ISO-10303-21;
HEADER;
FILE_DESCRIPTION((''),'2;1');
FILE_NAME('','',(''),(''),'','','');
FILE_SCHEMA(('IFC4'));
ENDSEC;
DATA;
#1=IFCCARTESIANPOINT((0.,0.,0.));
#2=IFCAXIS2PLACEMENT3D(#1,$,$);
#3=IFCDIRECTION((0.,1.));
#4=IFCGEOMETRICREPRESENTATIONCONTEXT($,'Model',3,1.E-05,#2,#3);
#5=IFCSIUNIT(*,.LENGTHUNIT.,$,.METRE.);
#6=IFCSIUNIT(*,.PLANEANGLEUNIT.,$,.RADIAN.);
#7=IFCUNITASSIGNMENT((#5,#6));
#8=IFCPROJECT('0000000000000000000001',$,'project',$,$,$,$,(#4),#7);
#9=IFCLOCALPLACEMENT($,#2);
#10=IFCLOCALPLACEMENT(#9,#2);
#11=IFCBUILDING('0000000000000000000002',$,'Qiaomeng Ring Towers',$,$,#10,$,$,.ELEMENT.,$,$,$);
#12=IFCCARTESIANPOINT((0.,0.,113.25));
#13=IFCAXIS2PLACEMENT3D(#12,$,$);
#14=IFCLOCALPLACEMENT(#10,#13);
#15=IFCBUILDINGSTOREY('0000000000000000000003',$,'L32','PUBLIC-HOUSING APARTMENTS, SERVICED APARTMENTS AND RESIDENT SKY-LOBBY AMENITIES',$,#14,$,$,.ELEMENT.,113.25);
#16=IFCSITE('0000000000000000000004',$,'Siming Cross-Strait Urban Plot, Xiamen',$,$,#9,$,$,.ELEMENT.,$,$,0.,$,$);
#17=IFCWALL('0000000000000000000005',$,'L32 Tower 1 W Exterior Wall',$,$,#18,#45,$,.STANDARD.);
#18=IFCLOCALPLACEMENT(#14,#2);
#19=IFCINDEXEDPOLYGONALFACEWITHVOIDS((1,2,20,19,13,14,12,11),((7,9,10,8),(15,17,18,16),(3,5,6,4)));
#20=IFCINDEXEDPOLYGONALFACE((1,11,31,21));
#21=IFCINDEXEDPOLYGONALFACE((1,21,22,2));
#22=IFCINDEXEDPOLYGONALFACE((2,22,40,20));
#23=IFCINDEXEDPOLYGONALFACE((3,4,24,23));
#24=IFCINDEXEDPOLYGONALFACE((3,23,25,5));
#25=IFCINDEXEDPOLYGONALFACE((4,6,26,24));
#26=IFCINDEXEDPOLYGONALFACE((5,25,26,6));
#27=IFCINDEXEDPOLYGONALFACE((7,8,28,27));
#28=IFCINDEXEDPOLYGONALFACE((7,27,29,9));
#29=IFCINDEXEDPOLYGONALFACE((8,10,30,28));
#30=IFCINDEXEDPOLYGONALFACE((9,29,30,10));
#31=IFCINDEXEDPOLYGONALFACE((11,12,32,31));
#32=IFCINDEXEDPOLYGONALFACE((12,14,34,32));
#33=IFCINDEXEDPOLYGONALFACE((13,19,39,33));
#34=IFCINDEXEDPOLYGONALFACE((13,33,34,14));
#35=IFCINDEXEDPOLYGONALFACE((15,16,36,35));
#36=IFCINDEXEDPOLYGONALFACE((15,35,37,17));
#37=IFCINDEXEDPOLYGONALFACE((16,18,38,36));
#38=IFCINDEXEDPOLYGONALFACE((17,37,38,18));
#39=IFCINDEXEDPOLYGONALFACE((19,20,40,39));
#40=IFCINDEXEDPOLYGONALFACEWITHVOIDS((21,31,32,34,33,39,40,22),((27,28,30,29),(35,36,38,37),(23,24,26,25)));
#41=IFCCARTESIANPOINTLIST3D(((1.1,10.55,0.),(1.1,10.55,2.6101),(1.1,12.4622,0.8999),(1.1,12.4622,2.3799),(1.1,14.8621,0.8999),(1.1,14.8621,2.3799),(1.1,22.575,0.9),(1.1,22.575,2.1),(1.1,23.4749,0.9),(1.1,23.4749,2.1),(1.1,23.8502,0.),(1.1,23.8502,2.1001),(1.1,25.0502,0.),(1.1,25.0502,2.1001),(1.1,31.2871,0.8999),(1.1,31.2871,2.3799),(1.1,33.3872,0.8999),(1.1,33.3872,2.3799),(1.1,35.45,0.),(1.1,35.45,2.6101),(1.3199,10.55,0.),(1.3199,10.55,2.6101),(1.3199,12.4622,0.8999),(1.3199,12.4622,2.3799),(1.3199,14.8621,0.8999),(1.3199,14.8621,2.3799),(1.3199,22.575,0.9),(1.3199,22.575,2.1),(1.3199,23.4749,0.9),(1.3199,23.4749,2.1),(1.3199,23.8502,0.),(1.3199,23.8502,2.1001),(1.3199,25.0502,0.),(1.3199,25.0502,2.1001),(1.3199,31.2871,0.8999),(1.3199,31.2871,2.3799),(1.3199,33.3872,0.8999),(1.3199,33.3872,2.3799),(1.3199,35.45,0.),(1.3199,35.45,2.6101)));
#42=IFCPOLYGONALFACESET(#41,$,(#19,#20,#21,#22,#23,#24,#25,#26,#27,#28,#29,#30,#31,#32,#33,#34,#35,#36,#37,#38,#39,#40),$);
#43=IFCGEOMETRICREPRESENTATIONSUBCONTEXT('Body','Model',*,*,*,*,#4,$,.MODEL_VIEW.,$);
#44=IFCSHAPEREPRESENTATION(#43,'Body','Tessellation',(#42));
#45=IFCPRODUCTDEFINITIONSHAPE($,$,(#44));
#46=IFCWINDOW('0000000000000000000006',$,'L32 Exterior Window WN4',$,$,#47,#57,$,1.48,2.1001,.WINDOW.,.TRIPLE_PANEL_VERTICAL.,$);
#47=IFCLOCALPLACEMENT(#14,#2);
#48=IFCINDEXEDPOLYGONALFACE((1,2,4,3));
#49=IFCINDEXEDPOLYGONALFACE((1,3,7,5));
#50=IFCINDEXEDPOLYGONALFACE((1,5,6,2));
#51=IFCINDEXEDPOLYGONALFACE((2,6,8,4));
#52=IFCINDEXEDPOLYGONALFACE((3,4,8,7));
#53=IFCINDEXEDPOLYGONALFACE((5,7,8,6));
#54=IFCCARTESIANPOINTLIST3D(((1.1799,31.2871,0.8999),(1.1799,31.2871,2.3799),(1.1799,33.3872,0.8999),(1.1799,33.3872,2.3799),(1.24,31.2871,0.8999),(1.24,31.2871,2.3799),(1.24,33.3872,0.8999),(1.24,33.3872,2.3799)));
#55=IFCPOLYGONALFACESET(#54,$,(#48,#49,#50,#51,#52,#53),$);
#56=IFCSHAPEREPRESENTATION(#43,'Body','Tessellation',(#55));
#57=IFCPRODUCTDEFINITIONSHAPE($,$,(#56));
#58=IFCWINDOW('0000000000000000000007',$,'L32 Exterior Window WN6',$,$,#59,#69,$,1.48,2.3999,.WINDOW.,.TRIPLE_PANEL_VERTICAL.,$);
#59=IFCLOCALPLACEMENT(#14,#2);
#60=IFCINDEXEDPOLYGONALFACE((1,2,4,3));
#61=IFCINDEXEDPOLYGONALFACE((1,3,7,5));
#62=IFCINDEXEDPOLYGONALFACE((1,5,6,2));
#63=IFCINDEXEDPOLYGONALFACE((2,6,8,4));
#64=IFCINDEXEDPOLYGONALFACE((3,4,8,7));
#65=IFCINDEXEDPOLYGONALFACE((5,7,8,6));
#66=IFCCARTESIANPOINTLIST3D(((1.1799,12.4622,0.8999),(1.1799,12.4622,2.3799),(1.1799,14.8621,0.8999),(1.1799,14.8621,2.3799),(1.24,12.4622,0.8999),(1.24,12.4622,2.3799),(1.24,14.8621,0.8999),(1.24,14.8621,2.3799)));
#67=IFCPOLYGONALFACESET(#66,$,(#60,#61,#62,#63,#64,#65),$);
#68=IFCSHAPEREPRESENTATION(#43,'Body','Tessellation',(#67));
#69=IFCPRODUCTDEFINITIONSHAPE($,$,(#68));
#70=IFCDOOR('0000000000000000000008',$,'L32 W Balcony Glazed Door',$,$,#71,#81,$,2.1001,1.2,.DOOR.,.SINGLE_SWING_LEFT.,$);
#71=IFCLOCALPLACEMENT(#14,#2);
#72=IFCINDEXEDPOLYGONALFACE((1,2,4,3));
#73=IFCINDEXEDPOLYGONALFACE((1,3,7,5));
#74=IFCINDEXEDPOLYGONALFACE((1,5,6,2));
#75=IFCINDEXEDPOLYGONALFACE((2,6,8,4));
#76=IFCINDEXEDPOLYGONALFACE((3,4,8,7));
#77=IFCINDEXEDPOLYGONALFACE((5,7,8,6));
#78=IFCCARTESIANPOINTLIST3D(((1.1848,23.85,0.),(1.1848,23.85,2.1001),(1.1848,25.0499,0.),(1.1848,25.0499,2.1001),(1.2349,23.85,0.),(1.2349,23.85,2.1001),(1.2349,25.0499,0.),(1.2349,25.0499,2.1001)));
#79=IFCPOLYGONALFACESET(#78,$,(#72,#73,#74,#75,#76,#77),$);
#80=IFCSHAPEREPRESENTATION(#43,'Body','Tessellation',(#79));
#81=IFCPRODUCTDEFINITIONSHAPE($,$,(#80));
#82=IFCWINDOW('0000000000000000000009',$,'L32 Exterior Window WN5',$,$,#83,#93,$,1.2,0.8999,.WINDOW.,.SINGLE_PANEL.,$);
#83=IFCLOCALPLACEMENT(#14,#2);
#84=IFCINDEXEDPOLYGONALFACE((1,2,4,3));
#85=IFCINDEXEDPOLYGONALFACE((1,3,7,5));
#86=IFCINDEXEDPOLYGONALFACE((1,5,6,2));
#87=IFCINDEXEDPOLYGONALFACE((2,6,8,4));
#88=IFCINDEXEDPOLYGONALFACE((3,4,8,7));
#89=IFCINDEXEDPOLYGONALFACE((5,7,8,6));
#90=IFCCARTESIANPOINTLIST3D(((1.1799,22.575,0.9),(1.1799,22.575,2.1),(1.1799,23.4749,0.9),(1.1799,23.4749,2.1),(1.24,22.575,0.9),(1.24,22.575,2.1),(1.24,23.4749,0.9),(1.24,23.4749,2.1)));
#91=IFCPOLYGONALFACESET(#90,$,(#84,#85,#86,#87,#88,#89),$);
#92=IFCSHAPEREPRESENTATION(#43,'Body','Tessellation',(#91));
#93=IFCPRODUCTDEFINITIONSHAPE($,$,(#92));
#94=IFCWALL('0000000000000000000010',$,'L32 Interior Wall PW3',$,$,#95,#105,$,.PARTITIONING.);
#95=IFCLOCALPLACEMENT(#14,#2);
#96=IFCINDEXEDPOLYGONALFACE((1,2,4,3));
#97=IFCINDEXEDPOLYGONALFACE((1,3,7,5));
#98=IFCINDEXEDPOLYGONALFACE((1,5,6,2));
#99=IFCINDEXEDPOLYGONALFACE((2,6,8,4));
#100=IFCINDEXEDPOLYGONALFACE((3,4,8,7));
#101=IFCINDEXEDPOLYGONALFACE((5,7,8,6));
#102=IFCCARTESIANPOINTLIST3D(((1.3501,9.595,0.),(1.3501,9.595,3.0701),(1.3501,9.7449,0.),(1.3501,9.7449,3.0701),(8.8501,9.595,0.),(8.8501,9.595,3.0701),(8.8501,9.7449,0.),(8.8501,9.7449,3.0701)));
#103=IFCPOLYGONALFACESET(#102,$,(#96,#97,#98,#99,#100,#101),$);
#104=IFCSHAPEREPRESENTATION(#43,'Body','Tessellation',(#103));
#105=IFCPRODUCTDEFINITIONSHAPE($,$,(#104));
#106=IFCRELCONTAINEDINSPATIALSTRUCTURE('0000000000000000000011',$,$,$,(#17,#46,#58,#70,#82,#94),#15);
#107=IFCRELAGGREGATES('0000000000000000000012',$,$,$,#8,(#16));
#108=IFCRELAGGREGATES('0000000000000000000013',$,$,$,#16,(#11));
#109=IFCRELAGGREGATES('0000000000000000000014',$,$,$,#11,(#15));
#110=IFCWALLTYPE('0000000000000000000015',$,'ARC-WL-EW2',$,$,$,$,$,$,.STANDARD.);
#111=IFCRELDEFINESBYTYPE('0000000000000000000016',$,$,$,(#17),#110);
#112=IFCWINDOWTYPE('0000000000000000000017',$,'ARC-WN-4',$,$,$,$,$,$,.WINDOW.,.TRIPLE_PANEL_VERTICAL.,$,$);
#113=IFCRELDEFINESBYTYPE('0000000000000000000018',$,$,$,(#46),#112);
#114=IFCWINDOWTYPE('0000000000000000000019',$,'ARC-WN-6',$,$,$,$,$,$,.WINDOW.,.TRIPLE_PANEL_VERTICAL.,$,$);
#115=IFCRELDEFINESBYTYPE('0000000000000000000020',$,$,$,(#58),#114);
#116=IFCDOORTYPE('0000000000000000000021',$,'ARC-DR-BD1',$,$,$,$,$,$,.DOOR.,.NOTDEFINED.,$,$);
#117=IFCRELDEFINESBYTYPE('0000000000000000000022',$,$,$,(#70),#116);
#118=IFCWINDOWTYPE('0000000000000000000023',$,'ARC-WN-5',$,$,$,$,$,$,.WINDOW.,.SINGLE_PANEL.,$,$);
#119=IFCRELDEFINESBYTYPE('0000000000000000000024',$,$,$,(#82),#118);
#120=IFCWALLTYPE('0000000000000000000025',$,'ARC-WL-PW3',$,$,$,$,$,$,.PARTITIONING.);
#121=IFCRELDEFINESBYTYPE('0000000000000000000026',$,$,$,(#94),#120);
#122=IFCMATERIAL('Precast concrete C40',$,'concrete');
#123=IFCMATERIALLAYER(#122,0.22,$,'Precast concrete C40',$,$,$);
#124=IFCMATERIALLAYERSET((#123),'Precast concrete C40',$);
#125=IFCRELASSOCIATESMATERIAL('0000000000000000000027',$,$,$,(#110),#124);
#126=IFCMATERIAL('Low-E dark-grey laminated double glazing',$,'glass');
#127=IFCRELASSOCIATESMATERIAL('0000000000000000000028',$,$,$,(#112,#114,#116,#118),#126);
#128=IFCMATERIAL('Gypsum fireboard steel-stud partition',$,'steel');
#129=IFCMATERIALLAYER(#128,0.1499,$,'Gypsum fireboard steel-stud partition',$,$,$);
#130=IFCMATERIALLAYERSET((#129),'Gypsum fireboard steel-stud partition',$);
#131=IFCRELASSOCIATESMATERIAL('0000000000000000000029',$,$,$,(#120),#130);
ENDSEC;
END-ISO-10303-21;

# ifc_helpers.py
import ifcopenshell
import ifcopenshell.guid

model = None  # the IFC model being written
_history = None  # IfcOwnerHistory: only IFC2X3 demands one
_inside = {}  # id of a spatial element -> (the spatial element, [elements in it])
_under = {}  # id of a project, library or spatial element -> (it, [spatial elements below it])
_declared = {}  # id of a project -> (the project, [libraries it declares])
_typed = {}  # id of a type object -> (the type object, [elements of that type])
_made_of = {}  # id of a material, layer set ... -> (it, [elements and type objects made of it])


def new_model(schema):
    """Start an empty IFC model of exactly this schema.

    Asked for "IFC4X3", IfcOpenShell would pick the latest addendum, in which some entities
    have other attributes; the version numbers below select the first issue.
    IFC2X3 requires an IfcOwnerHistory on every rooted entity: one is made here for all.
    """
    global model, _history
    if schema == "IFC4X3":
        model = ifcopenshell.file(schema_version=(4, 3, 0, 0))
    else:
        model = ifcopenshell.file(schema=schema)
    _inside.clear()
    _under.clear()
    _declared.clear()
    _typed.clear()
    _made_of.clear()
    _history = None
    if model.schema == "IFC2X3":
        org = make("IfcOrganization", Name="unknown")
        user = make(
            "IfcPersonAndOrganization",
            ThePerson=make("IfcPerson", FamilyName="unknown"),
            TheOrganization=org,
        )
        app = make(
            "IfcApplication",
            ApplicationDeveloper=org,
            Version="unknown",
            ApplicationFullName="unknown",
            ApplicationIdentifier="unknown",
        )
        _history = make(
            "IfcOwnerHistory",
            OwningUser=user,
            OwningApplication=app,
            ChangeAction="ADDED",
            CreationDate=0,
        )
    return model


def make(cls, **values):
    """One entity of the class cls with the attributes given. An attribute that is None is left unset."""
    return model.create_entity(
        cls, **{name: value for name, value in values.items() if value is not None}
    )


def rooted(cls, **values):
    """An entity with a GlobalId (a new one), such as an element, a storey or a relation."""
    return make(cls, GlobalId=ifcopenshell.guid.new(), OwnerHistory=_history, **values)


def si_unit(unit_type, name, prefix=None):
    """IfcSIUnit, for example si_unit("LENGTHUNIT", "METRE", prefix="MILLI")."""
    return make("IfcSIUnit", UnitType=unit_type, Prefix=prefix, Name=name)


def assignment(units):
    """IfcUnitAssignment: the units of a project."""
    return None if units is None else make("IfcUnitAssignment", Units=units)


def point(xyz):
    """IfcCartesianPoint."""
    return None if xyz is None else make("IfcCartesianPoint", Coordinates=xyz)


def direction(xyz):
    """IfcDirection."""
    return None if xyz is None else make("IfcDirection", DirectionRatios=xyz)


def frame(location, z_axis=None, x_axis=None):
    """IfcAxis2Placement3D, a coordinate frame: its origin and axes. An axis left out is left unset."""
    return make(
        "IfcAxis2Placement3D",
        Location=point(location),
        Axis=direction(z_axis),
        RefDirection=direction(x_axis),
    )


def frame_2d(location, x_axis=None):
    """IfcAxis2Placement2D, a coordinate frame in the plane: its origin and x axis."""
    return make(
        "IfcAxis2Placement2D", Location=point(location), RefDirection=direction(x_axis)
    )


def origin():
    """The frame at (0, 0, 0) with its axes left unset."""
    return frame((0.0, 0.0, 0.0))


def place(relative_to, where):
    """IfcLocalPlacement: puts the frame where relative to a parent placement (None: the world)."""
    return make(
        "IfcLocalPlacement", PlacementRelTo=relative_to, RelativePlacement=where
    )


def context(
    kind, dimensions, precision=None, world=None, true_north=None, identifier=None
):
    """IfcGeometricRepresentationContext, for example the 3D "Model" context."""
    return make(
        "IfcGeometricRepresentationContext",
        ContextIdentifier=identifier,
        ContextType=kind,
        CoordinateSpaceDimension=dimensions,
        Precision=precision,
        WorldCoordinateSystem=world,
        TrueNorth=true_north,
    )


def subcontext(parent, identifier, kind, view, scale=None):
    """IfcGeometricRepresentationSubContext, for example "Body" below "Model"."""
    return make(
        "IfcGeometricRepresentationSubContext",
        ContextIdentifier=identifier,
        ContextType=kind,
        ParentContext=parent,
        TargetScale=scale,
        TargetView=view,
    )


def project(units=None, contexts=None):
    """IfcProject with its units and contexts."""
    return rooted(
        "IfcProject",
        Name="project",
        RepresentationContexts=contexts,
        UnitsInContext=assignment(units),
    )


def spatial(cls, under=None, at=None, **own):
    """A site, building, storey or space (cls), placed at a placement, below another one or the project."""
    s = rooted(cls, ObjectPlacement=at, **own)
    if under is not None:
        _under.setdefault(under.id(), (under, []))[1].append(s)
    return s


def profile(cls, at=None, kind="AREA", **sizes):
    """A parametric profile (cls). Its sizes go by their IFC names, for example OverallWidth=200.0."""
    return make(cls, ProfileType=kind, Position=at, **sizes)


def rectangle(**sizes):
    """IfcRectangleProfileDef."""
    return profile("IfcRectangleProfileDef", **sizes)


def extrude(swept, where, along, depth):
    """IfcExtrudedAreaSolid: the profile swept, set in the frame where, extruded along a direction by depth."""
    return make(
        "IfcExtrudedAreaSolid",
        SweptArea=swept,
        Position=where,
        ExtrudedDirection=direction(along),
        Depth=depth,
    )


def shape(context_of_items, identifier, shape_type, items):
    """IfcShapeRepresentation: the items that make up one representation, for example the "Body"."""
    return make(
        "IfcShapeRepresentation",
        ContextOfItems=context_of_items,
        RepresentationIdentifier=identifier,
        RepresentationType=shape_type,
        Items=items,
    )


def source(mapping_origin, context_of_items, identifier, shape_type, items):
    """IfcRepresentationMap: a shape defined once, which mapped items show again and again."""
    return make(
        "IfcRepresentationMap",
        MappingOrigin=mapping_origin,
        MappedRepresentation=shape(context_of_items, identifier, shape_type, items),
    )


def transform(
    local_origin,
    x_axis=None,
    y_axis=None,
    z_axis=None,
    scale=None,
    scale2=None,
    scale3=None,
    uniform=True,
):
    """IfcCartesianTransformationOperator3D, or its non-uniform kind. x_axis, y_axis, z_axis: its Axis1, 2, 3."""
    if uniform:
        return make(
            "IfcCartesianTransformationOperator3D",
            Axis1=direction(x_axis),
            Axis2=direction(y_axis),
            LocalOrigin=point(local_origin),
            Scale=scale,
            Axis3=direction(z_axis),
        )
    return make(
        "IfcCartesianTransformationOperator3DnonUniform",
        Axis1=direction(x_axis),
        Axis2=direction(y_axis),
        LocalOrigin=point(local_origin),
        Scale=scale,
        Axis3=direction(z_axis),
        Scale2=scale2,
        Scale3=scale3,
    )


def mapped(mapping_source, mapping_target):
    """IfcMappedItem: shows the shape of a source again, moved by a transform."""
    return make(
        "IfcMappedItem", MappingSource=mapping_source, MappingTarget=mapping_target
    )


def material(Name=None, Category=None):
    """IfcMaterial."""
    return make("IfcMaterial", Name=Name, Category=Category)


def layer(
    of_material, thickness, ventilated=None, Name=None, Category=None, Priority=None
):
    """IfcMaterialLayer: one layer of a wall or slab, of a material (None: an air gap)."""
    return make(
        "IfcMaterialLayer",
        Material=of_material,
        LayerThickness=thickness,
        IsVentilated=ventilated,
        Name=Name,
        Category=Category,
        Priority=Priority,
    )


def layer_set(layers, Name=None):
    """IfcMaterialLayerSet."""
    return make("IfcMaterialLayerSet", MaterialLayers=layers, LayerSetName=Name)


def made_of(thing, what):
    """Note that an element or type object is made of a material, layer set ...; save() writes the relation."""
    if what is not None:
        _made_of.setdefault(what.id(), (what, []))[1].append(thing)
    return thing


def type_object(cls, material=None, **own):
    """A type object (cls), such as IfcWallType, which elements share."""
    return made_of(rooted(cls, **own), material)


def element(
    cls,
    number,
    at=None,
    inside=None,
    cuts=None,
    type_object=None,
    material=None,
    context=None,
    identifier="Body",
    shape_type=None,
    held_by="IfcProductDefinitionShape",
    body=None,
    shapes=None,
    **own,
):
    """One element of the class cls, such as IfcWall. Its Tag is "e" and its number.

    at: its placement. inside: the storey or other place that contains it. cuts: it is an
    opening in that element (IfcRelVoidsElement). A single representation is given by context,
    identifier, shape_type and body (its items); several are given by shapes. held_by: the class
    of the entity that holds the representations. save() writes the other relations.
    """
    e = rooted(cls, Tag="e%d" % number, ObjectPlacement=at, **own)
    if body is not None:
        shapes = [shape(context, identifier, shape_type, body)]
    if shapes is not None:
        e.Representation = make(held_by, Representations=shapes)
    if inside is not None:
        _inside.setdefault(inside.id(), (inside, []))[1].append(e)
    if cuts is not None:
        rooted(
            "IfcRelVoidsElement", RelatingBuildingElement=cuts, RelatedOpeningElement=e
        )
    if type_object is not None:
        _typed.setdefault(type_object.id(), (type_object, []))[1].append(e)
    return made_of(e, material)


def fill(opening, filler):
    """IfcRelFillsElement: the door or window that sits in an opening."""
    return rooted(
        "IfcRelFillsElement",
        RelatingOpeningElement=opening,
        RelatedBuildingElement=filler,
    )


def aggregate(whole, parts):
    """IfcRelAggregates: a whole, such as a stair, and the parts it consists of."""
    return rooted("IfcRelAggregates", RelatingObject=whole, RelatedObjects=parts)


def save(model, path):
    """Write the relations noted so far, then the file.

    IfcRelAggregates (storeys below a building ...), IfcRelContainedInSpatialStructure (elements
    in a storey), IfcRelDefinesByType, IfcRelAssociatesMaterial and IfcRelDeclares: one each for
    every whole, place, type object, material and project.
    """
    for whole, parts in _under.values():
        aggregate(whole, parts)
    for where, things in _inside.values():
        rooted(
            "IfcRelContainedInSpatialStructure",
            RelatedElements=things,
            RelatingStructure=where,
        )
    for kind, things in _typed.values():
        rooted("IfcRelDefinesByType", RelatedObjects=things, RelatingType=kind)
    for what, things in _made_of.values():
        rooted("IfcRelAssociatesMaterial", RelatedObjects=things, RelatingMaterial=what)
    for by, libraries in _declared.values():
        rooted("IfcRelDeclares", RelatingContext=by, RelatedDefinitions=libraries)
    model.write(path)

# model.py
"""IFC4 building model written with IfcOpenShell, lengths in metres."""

from ifc_helpers import new_model, si_unit, direction, frame, frame_2d, origin, place, context, subcontext, project, spatial, rectangle, extrude, source, transform, mapped, material, layer, layer_set, type_object, element, fill, save


model = new_model("IFC4")

# Units and contexts
model_context = context("Model", 3, precision=1e-05, world=origin(), true_north=direction((0.0, 1.0)))
body_context = subcontext(model_context, "Body", "Model", "MODEL_VIEW")
ifc_project = project(units=[si_unit("LENGTHUNIT", "METRE"), si_unit("PLANEANGLEUNIT", "RADIAN")], contexts=[model_context])

# Site, building, storey
site_placement = place(None, origin())
site = spatial("IfcSite", under=ifc_project, at=site_placement, Name="Siming Cross-Strait Urban Plot, Xiamen", CompositionType="ELEMENT", RefElevation=0.0)
building_placement = place(site_placement, origin())
building = spatial("IfcBuilding", under=site, at=building_placement, Name="Qiaomeng Ring Towers", CompositionType="ELEMENT")
storey_placement = place(building_placement, frame((0.0, 0.0, 113.25)))
storey = spatial("IfcBuildingStorey", under=building, at=storey_placement, Name="L32", Description="PUBLIC-HOUSING APARTMENTS, SERVICED APARTMENTS AND RESIDENT SKY-LOBBY AMENITIES", CompositionType="ELEMENT", Elevation=113.25)

# Shared definitions
ifc_material_1 = material(Name="Low-E dark-grey laminated double glazing", Category="glass")

# Wall, openings, windows, door
ifc_material_2 = material(Name="Precast concrete C40", Category="concrete")
ifc_layer_1 = layer(ifc_material_2, 0.22, Name="Precast concrete C40")
ifc_layer_set_1 = layer_set([ifc_layer_1], Name="Precast concrete C40")
wall_type_1 = type_object("IfcWallType", Name="ARC-WL-EW2", PredefinedType="STANDARD", material=ifc_layer_set_1)
wall_1_placement = place(storey_placement, frame((1.21, 10.55, 0.0), z_axis=(0.0, 0.0, 1.0), x_axis=(0.0, 1.0, 0.0)))
wall_1 = element("IfcWall", 1, at=wall_1_placement, inside=storey, type_object=wall_type_1, Name="L32 Tower 1 W Exterior Wall", PredefinedType="STANDARD", context=body_context, shape_type="SweptSolid", body=[
    extrude(rectangle(XDim=24.8999, YDim=0.22, at=frame_2d((12.45, 0.0))), origin(), (0.0, 0.0, 1.0), 2.6101),
])
opening_1_placement = place(wall_1_placement, frame((13.3, 0.0, 0.0)))
opening_1 = element("IfcOpeningElement", 2, at=opening_1_placement, cuts=wall_1, PredefinedType="OPENING", context=body_context, shape_type="SweptSolid", body=[
    extrude(rectangle(XDim=1.2, YDim=2.1001, at=frame_2d((0.6001, 1.05))), frame((0.0, 0.1199, 0.0), z_axis=(0.0, -1.0, 0.0), x_axis=(1.0, 0.0, 0.0)), (0.0, 0.0, 1.0), 0.24),
])
opening_2_placement = place(wall_1_placement, frame((1.9121, 0.0, 0.8999)))
opening_2 = element("IfcOpeningElement", 3, at=opening_2_placement, cuts=wall_1, PredefinedType="OPENING", context=body_context, shape_type="SweptSolid", body=[
    extrude(rectangle(XDim=2.3999, YDim=1.48, at=frame_2d((1.2, 0.74))), frame((0.0, 0.1199, 0.0), z_axis=(0.0, -1.0, 0.0), x_axis=(1.0, 0.0, 0.0)), (0.0, 0.0, 1.0), 0.24),
])
opening_3_placement = place(wall_1_placement, frame((20.7371, 0.0, 0.8999)))
opening_3 = element("IfcOpeningElement", 4, at=opening_3_placement, cuts=wall_1, PredefinedType="OPENING", context=body_context, shape_type="SweptSolid", body=[
    extrude(rectangle(XDim=2.1001, YDim=1.48, at=frame_2d((1.05, 0.74))), frame((0.0, 0.1199, 0.0), z_axis=(0.0, -1.0, 0.0), x_axis=(1.0, 0.0, 0.0)), (0.0, 0.0, 1.0), 0.24),
])
opening_4_placement = place(wall_1_placement, frame((12.0249, 0.0, 0.8999)))
opening_4 = element("IfcOpeningElement", 5, at=opening_4_placement, cuts=wall_1, PredefinedType="OPENING", context=body_context, shape_type="SweptSolid", body=[
    extrude(rectangle(XDim=0.8999, YDim=1.2, at=frame_2d((0.45, 0.6001))), frame((0.0, 0.1199, 0.0), z_axis=(0.0, -1.0, 0.0), x_axis=(1.0, 0.0, 0.0)), (0.0, 0.0, 1.0), 0.24),
])
window_type_1 = type_object("IfcWindowType", Name="ARC-WN-4", PartitioningType="TRIPLE_PANEL_VERTICAL", PredefinedType="WINDOW", material=ifc_material_1)
shared_shape_1 = source(origin(), body_context, "Body", "SweptSolid", [
    extrude(rectangle(XDim=2.1001, YDim=1.48, at=frame_2d((1.05, 0.74))), frame((0.0, 0.03, 0.0), z_axis=(0.0, -1.0, 0.0), x_axis=(1.0, 0.0, 0.0)), (0.0, 0.0, 1.0), 0.0601),
])
window_1_placement = place(opening_3_placement, origin())
window_1 = element("IfcWindow", 6, at=window_1_placement, inside=storey, type_object=window_type_1, Name="L32 Exterior Window WN4", OverallHeight=1.48, OverallWidth=2.1001, PartitioningType="TRIPLE_PANEL_VERTICAL", PredefinedType="WINDOW", context=body_context, shape_type="MappedRepresentation", body=[
    mapped(shared_shape_1, transform((0.0, 0.0, 0.0), x_axis=(1.0, 0.0, 0.0), y_axis=(0.0, 1.0, 0.0), z_axis=(0.0, 0.0, 1.0), scale=1.0)),
])
fill(opening_3, window_1)
window_type_2 = type_object("IfcWindowType", Name="ARC-WN-6", PartitioningType="TRIPLE_PANEL_VERTICAL", PredefinedType="WINDOW", material=ifc_material_1)
shared_shape_2 = source(origin(), body_context, "Body", "SweptSolid", [
    extrude(rectangle(XDim=2.3999, YDim=1.48, at=frame_2d((1.2, 0.74))), frame((0.0, 0.03, 0.0), z_axis=(0.0, -1.0, 0.0), x_axis=(1.0, 0.0, 0.0)), (0.0, 0.0, 1.0), 0.0601),
])
window_2_placement = place(opening_2_placement, origin())
window_2 = element("IfcWindow", 7, at=window_2_placement, inside=storey, type_object=window_type_2, Name="L32 Exterior Window WN6", OverallHeight=1.48, OverallWidth=2.3999, PartitioningType="TRIPLE_PANEL_VERTICAL", PredefinedType="WINDOW", context=body_context, shape_type="MappedRepresentation", body=[
    mapped(shared_shape_2, transform((0.0, 0.0, 0.0), x_axis=(1.0, 0.0, 0.0), y_axis=(0.0, 1.0, 0.0), z_axis=(0.0, 0.0, 1.0), scale=1.0)),
])
fill(opening_2, window_2)
door_type_1 = type_object("IfcDoorType", Name="ARC-DR-BD1", OperationType="NOTDEFINED", PredefinedType="DOOR", material=ifc_material_1)
shared_shape_3 = source(origin(), body_context, "Body", "SweptSolid", [
    extrude(rectangle(XDim=1.2, YDim=2.1001, at=frame_2d((0.6001, 1.05))), frame((0.0, 0.0249, 0.0), z_axis=(0.0, -1.0, 0.0), x_axis=(1.0, 0.0, 0.0)), (0.0, 0.0, 1.0), 0.05),
])
door_1_placement = place(opening_1_placement, frame((1.2, 0.0, 0.0), z_axis=(0.0, 0.0, 1.0), x_axis=(-1.0, 0.0, 0.0)))
door_1 = element("IfcDoor", 8, at=door_1_placement, inside=storey, type_object=door_type_1, Name="L32 W Balcony Glazed Door", OperationType="SINGLE_SWING_LEFT", OverallHeight=2.1001, OverallWidth=1.2, PredefinedType="DOOR", context=body_context, shape_type="MappedRepresentation", body=[
    mapped(shared_shape_3, transform((0.0, 0.0, 0.0), x_axis=(1.0, 0.0, 0.0), y_axis=(0.0, 1.0, 0.0), z_axis=(0.0, 0.0, 1.0), scale=1.0)),
])
fill(opening_1, door_1)
window_type_3 = type_object("IfcWindowType", Name="ARC-WN-5", PartitioningType="SINGLE_PANEL", PredefinedType="WINDOW", material=ifc_material_1)
shared_shape_4 = source(origin(), body_context, "Body", "SweptSolid", [
    extrude(rectangle(XDim=0.8999, YDim=1.2, at=frame_2d((0.45, 0.6001))), frame((0.0, 0.03, 0.0), z_axis=(0.0, -1.0, 0.0), x_axis=(1.0, 0.0, 0.0)), (0.0, 0.0, 1.0), 0.0601),
])
window_3_placement = place(opening_4_placement, origin())
window_3 = element("IfcWindow", 9, at=window_3_placement, inside=storey, type_object=window_type_3, Name="L32 Exterior Window WN5", OverallHeight=1.2, OverallWidth=0.8999, PartitioningType="SINGLE_PANEL", PredefinedType="WINDOW", context=body_context, shape_type="MappedRepresentation", body=[
    mapped(shared_shape_4, transform((0.0, 0.0, 0.0), x_axis=(1.0, 0.0, 0.0), y_axis=(0.0, 1.0, 0.0), z_axis=(0.0, 0.0, 1.0), scale=1.0)),
])
fill(opening_4, window_3)

# Wall
ifc_material_3 = material(Name="Gypsum fireboard steel-stud partition", Category="steel")
ifc_layer_2 = layer(ifc_material_3, 0.1499, Name="Gypsum fireboard steel-stud partition")
ifc_layer_set_2 = layer_set([ifc_layer_2], Name="Gypsum fireboard steel-stud partition")
wall_type_2 = type_object("IfcWallType", Name="ARC-WL-PW3", PredefinedType="PARTITIONING", material=ifc_layer_set_2)
wall_2_placement = place(storey_placement, frame((1.3501, 9.6699, 0.0), z_axis=(0.0, 0.0, 1.0), x_axis=(1.0, 0.0, 0.0)))
element("IfcWall", 10, at=wall_2_placement, inside=storey, type_object=wall_type_2, Name="L32 Interior Wall PW3", PredefinedType="PARTITIONING", context=body_context, shape_type="SweptSolid", body=[
    extrude(rectangle(XDim=7.5, YDim=0.1499, at=frame_2d((3.75, 0.0))), origin(), (0.0, 0.0, 1.0), 3.0701),
])

save(model, "model.ifc")
